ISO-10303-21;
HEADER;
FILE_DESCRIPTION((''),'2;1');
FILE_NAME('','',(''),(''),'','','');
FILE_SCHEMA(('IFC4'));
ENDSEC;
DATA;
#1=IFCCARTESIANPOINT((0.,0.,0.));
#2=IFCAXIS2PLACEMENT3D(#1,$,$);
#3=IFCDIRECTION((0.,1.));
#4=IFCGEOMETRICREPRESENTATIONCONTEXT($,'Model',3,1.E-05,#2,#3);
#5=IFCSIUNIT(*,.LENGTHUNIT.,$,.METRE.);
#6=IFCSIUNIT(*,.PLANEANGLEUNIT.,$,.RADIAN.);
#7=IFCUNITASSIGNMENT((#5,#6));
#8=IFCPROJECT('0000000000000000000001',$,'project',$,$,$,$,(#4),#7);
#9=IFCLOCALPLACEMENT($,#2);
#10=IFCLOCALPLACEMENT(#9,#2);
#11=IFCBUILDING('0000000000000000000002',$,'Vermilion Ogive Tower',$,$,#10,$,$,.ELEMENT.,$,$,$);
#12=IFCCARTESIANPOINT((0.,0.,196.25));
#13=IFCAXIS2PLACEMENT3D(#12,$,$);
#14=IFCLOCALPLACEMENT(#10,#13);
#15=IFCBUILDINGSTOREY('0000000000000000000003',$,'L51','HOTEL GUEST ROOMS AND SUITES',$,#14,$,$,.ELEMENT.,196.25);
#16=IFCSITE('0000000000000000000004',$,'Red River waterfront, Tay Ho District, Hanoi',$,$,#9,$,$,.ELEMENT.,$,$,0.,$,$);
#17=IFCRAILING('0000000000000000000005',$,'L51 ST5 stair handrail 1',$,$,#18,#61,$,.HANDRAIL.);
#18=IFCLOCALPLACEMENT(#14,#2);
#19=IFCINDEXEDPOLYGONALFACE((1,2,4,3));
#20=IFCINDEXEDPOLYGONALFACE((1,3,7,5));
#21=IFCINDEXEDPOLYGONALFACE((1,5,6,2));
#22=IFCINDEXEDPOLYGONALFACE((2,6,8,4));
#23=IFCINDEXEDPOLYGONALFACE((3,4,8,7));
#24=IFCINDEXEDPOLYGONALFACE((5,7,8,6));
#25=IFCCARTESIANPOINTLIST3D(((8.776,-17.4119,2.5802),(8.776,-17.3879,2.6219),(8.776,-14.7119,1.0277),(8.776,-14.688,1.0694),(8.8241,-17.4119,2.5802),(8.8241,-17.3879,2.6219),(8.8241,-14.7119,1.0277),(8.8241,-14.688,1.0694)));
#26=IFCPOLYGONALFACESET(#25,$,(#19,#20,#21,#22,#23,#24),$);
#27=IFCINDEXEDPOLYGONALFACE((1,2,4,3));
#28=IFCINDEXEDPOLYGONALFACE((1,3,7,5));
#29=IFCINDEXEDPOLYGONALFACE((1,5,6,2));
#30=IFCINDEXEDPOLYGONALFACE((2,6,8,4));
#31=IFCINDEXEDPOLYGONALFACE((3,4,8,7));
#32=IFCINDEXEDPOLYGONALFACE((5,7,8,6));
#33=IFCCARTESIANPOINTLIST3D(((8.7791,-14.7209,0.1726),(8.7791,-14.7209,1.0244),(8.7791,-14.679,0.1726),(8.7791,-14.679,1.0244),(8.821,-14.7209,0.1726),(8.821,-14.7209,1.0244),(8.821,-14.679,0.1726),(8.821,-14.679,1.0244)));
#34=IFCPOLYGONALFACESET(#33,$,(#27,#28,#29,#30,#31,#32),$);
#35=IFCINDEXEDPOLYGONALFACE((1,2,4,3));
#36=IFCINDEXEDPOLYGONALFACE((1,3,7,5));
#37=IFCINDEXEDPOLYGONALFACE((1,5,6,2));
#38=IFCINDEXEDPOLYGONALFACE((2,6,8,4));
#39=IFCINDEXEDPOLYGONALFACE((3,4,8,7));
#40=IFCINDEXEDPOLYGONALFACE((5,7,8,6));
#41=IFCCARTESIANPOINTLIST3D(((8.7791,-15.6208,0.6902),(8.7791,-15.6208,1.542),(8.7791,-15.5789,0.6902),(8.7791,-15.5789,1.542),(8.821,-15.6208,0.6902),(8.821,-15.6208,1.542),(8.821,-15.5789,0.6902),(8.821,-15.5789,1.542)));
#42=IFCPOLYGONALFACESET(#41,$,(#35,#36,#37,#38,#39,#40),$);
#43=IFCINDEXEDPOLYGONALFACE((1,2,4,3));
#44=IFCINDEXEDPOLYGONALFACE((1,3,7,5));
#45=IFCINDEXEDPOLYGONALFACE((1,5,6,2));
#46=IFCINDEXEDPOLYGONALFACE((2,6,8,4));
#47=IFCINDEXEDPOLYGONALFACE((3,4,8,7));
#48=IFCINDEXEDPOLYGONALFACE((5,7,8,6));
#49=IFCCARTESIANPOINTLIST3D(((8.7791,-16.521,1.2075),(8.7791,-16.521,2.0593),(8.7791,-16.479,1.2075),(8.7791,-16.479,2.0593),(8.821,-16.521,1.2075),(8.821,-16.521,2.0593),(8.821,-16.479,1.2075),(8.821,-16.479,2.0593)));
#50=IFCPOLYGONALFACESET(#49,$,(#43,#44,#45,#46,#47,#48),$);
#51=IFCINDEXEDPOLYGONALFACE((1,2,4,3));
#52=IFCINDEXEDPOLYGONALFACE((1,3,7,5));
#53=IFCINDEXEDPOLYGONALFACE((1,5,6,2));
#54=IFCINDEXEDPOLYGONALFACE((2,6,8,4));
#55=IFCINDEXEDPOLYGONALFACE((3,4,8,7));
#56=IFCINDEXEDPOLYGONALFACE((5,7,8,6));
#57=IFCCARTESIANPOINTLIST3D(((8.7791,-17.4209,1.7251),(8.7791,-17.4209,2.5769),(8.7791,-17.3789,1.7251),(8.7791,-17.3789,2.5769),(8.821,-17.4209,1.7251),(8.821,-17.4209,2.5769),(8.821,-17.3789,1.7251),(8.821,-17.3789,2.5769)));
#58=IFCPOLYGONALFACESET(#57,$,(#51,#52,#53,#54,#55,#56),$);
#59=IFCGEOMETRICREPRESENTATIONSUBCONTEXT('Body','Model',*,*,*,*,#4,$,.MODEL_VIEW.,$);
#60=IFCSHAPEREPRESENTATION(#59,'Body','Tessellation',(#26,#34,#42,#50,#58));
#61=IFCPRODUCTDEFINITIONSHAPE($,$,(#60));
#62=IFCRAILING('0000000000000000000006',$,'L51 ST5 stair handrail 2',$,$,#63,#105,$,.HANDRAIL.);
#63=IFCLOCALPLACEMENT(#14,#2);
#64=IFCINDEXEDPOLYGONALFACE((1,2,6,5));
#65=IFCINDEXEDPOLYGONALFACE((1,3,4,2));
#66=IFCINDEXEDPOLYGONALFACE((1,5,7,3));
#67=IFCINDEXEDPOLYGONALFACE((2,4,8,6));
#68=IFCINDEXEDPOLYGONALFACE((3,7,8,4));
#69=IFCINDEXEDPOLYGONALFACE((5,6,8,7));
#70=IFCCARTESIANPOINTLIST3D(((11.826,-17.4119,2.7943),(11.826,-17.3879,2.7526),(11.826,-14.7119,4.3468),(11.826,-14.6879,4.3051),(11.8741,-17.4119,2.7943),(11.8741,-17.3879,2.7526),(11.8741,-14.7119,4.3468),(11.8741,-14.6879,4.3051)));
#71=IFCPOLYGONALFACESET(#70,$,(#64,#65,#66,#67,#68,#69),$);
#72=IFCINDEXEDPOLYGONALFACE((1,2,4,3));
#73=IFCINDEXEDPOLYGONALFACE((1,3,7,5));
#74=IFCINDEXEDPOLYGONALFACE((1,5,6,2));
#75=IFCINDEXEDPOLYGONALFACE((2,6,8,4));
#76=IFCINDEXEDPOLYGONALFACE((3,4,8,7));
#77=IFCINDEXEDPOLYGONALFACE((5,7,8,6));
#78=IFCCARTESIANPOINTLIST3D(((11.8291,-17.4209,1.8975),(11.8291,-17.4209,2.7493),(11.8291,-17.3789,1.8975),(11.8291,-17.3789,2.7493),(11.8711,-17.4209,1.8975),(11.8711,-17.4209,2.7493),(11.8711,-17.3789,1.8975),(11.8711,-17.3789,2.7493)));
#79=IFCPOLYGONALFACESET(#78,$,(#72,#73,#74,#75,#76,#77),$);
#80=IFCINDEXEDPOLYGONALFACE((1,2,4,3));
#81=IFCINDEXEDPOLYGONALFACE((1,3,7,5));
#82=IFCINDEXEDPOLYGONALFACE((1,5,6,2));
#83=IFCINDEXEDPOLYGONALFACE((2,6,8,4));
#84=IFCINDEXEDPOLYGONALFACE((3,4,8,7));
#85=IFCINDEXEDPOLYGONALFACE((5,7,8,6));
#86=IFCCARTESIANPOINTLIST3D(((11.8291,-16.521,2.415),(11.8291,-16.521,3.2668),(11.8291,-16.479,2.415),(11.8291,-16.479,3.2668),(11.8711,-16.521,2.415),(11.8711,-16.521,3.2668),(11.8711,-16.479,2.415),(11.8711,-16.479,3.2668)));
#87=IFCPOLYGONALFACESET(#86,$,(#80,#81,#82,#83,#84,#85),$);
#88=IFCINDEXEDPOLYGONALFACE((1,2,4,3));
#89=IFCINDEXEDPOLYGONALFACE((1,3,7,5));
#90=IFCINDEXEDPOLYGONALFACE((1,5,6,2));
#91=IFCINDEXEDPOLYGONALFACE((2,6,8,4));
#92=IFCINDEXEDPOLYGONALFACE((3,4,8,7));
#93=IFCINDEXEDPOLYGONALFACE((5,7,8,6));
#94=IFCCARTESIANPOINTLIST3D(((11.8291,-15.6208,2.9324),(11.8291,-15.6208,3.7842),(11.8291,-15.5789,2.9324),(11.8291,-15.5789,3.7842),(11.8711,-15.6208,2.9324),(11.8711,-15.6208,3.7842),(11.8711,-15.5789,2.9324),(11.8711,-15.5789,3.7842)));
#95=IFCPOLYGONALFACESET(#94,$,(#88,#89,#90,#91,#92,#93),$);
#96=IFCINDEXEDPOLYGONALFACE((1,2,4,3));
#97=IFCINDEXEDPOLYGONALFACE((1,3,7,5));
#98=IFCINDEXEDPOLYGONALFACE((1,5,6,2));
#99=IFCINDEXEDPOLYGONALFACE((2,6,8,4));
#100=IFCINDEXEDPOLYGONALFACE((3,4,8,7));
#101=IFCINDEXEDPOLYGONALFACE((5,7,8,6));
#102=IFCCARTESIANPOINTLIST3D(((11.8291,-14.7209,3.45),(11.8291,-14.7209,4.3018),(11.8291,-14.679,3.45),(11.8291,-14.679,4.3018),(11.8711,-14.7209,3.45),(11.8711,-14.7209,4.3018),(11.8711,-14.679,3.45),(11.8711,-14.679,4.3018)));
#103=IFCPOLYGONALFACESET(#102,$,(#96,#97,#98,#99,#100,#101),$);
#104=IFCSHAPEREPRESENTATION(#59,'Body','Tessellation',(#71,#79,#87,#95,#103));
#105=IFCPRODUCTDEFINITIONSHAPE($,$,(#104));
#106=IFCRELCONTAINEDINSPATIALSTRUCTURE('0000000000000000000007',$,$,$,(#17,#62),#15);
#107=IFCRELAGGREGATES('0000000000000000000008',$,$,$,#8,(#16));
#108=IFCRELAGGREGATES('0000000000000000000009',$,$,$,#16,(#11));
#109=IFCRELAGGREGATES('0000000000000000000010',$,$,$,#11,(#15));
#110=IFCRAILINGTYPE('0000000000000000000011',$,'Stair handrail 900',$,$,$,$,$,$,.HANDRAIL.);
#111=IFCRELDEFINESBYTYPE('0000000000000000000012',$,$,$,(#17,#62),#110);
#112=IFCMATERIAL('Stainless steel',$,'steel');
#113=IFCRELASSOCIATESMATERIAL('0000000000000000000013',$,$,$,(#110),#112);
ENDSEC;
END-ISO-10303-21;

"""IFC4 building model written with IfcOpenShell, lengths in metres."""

from ifc_helpers import new_model, si_unit, direction, frame, origin, origin_2d, place, context, subcontext, project, spatial, rectangle, extrude, material, type_object, element, save


model = new_model("IFC4")

# Units and contexts
model_context = context("Model", 3, precision=1e-05, world=origin(), true_north=direction((0.0, 1.0)))
body_context = subcontext(model_context, "Body", "Model", "MODEL_VIEW")
ifc_project = project(units=[si_unit("LENGTHUNIT", "METRE"), si_unit("PLANEANGLEUNIT", "RADIAN")], contexts=[model_context])

# Site, building, storey
site_placement = place(None, origin())
site = spatial("IfcSite", under=ifc_project, at=site_placement, Name="Red River waterfront, Tay Ho District, Hanoi", CompositionType="ELEMENT", RefElevation=0.0)
building_placement = place(site_placement, origin())
building = spatial("IfcBuilding", under=site, at=building_placement, Name="Vermilion Ogive Tower", CompositionType="ELEMENT")
storey_placement = place(building_placement, frame((0.0, 0.0, 196.25)))
storey = spatial("IfcBuildingStorey", under=building, at=storey_placement, Name="L51", Description="HOTEL GUEST ROOMS AND SUITES", CompositionType="ELEMENT", Elevation=196.25)

# Railings
ifc_material_1 = material(Name="Stainless steel", Category="steel")
railing_type_1 = type_object("IfcRailingType", Name="Stair handrail 900", PredefinedType="HANDRAIL", material=ifc_material_1)
railing_1_placement = place(storey_placement, frame((8.8, -14.7, 0.1726)))
element("IfcRailing", 1, at=railing_1_placement, inside=storey, type_object=railing_type_1, Name="L51 ST5 stair handrail 1", PredefinedType="HANDRAIL", context=body_context, shape_type="SweptSolid", body=[
    extrude(rectangle(XDim=0.0481, YDim=0.0481, at=origin_2d()), frame((0.0, 0.0, 0.876), z_axis=(0.0, -0.866904, 0.498476), x_axis=(1.0, 0.0, 0.0)), (0.0, 0.0, 1.0), 3.1145),
    extrude(rectangle(XDim=0.042, YDim=0.042, at=origin_2d()), origin(), (0.0, 0.0, 1.0), 0.8518),
    extrude(rectangle(XDim=0.042, YDim=0.042, at=origin_2d()), frame((0.0, -0.8999, 0.5176)), (0.0, 0.0, 1.0), 0.8518),
    extrude(rectangle(XDim=0.042, YDim=0.042, at=origin_2d()), frame((0.0, -1.8, 1.0349)), (0.0, 0.0, 1.0), 0.8518),
    extrude(rectangle(XDim=0.042, YDim=0.042, at=origin_2d()), frame((0.0, -2.7, 1.5525)), (0.0, 0.0, 1.0), 0.8518),
])
railing_2_placement = place(storey_placement, frame((11.8501, -17.3999, 1.8975)))
element("IfcRailing", 2, at=railing_2_placement, inside=storey, type_object=railing_type_1, Name="L51 ST5 stair handrail 2", PredefinedType="HANDRAIL", context=body_context, shape_type="SweptSolid", body=[
    extrude(rectangle(XDim=0.0481, YDim=0.0481, at=origin_2d()), frame((0.0, 0.0, 0.876), z_axis=(0.0, 0.866904, 0.498476), x_axis=(-1.0, 0.0, 0.0)), (0.0, 0.0, 1.0), 3.1145),
    extrude(rectangle(XDim=0.042, YDim=0.042, at=origin_2d()), origin(), (0.0, 0.0, 1.0), 0.8518),
    extrude(rectangle(XDim=0.042, YDim=0.042, at=origin_2d()), frame((0.0, 0.8999, 0.5176)), (0.0, 0.0, 1.0), 0.8518),
    extrude(rectangle(XDim=0.042, YDim=0.042, at=origin_2d()), frame((0.0, 1.8, 1.0349)), (0.0, 0.0, 1.0), 0.8518),
    extrude(rectangle(XDim=0.042, YDim=0.042, at=origin_2d()), frame((0.0, 2.7, 1.5525)), (0.0, 0.0, 1.0), 0.8518),
])

save(model, "model.ifc")
